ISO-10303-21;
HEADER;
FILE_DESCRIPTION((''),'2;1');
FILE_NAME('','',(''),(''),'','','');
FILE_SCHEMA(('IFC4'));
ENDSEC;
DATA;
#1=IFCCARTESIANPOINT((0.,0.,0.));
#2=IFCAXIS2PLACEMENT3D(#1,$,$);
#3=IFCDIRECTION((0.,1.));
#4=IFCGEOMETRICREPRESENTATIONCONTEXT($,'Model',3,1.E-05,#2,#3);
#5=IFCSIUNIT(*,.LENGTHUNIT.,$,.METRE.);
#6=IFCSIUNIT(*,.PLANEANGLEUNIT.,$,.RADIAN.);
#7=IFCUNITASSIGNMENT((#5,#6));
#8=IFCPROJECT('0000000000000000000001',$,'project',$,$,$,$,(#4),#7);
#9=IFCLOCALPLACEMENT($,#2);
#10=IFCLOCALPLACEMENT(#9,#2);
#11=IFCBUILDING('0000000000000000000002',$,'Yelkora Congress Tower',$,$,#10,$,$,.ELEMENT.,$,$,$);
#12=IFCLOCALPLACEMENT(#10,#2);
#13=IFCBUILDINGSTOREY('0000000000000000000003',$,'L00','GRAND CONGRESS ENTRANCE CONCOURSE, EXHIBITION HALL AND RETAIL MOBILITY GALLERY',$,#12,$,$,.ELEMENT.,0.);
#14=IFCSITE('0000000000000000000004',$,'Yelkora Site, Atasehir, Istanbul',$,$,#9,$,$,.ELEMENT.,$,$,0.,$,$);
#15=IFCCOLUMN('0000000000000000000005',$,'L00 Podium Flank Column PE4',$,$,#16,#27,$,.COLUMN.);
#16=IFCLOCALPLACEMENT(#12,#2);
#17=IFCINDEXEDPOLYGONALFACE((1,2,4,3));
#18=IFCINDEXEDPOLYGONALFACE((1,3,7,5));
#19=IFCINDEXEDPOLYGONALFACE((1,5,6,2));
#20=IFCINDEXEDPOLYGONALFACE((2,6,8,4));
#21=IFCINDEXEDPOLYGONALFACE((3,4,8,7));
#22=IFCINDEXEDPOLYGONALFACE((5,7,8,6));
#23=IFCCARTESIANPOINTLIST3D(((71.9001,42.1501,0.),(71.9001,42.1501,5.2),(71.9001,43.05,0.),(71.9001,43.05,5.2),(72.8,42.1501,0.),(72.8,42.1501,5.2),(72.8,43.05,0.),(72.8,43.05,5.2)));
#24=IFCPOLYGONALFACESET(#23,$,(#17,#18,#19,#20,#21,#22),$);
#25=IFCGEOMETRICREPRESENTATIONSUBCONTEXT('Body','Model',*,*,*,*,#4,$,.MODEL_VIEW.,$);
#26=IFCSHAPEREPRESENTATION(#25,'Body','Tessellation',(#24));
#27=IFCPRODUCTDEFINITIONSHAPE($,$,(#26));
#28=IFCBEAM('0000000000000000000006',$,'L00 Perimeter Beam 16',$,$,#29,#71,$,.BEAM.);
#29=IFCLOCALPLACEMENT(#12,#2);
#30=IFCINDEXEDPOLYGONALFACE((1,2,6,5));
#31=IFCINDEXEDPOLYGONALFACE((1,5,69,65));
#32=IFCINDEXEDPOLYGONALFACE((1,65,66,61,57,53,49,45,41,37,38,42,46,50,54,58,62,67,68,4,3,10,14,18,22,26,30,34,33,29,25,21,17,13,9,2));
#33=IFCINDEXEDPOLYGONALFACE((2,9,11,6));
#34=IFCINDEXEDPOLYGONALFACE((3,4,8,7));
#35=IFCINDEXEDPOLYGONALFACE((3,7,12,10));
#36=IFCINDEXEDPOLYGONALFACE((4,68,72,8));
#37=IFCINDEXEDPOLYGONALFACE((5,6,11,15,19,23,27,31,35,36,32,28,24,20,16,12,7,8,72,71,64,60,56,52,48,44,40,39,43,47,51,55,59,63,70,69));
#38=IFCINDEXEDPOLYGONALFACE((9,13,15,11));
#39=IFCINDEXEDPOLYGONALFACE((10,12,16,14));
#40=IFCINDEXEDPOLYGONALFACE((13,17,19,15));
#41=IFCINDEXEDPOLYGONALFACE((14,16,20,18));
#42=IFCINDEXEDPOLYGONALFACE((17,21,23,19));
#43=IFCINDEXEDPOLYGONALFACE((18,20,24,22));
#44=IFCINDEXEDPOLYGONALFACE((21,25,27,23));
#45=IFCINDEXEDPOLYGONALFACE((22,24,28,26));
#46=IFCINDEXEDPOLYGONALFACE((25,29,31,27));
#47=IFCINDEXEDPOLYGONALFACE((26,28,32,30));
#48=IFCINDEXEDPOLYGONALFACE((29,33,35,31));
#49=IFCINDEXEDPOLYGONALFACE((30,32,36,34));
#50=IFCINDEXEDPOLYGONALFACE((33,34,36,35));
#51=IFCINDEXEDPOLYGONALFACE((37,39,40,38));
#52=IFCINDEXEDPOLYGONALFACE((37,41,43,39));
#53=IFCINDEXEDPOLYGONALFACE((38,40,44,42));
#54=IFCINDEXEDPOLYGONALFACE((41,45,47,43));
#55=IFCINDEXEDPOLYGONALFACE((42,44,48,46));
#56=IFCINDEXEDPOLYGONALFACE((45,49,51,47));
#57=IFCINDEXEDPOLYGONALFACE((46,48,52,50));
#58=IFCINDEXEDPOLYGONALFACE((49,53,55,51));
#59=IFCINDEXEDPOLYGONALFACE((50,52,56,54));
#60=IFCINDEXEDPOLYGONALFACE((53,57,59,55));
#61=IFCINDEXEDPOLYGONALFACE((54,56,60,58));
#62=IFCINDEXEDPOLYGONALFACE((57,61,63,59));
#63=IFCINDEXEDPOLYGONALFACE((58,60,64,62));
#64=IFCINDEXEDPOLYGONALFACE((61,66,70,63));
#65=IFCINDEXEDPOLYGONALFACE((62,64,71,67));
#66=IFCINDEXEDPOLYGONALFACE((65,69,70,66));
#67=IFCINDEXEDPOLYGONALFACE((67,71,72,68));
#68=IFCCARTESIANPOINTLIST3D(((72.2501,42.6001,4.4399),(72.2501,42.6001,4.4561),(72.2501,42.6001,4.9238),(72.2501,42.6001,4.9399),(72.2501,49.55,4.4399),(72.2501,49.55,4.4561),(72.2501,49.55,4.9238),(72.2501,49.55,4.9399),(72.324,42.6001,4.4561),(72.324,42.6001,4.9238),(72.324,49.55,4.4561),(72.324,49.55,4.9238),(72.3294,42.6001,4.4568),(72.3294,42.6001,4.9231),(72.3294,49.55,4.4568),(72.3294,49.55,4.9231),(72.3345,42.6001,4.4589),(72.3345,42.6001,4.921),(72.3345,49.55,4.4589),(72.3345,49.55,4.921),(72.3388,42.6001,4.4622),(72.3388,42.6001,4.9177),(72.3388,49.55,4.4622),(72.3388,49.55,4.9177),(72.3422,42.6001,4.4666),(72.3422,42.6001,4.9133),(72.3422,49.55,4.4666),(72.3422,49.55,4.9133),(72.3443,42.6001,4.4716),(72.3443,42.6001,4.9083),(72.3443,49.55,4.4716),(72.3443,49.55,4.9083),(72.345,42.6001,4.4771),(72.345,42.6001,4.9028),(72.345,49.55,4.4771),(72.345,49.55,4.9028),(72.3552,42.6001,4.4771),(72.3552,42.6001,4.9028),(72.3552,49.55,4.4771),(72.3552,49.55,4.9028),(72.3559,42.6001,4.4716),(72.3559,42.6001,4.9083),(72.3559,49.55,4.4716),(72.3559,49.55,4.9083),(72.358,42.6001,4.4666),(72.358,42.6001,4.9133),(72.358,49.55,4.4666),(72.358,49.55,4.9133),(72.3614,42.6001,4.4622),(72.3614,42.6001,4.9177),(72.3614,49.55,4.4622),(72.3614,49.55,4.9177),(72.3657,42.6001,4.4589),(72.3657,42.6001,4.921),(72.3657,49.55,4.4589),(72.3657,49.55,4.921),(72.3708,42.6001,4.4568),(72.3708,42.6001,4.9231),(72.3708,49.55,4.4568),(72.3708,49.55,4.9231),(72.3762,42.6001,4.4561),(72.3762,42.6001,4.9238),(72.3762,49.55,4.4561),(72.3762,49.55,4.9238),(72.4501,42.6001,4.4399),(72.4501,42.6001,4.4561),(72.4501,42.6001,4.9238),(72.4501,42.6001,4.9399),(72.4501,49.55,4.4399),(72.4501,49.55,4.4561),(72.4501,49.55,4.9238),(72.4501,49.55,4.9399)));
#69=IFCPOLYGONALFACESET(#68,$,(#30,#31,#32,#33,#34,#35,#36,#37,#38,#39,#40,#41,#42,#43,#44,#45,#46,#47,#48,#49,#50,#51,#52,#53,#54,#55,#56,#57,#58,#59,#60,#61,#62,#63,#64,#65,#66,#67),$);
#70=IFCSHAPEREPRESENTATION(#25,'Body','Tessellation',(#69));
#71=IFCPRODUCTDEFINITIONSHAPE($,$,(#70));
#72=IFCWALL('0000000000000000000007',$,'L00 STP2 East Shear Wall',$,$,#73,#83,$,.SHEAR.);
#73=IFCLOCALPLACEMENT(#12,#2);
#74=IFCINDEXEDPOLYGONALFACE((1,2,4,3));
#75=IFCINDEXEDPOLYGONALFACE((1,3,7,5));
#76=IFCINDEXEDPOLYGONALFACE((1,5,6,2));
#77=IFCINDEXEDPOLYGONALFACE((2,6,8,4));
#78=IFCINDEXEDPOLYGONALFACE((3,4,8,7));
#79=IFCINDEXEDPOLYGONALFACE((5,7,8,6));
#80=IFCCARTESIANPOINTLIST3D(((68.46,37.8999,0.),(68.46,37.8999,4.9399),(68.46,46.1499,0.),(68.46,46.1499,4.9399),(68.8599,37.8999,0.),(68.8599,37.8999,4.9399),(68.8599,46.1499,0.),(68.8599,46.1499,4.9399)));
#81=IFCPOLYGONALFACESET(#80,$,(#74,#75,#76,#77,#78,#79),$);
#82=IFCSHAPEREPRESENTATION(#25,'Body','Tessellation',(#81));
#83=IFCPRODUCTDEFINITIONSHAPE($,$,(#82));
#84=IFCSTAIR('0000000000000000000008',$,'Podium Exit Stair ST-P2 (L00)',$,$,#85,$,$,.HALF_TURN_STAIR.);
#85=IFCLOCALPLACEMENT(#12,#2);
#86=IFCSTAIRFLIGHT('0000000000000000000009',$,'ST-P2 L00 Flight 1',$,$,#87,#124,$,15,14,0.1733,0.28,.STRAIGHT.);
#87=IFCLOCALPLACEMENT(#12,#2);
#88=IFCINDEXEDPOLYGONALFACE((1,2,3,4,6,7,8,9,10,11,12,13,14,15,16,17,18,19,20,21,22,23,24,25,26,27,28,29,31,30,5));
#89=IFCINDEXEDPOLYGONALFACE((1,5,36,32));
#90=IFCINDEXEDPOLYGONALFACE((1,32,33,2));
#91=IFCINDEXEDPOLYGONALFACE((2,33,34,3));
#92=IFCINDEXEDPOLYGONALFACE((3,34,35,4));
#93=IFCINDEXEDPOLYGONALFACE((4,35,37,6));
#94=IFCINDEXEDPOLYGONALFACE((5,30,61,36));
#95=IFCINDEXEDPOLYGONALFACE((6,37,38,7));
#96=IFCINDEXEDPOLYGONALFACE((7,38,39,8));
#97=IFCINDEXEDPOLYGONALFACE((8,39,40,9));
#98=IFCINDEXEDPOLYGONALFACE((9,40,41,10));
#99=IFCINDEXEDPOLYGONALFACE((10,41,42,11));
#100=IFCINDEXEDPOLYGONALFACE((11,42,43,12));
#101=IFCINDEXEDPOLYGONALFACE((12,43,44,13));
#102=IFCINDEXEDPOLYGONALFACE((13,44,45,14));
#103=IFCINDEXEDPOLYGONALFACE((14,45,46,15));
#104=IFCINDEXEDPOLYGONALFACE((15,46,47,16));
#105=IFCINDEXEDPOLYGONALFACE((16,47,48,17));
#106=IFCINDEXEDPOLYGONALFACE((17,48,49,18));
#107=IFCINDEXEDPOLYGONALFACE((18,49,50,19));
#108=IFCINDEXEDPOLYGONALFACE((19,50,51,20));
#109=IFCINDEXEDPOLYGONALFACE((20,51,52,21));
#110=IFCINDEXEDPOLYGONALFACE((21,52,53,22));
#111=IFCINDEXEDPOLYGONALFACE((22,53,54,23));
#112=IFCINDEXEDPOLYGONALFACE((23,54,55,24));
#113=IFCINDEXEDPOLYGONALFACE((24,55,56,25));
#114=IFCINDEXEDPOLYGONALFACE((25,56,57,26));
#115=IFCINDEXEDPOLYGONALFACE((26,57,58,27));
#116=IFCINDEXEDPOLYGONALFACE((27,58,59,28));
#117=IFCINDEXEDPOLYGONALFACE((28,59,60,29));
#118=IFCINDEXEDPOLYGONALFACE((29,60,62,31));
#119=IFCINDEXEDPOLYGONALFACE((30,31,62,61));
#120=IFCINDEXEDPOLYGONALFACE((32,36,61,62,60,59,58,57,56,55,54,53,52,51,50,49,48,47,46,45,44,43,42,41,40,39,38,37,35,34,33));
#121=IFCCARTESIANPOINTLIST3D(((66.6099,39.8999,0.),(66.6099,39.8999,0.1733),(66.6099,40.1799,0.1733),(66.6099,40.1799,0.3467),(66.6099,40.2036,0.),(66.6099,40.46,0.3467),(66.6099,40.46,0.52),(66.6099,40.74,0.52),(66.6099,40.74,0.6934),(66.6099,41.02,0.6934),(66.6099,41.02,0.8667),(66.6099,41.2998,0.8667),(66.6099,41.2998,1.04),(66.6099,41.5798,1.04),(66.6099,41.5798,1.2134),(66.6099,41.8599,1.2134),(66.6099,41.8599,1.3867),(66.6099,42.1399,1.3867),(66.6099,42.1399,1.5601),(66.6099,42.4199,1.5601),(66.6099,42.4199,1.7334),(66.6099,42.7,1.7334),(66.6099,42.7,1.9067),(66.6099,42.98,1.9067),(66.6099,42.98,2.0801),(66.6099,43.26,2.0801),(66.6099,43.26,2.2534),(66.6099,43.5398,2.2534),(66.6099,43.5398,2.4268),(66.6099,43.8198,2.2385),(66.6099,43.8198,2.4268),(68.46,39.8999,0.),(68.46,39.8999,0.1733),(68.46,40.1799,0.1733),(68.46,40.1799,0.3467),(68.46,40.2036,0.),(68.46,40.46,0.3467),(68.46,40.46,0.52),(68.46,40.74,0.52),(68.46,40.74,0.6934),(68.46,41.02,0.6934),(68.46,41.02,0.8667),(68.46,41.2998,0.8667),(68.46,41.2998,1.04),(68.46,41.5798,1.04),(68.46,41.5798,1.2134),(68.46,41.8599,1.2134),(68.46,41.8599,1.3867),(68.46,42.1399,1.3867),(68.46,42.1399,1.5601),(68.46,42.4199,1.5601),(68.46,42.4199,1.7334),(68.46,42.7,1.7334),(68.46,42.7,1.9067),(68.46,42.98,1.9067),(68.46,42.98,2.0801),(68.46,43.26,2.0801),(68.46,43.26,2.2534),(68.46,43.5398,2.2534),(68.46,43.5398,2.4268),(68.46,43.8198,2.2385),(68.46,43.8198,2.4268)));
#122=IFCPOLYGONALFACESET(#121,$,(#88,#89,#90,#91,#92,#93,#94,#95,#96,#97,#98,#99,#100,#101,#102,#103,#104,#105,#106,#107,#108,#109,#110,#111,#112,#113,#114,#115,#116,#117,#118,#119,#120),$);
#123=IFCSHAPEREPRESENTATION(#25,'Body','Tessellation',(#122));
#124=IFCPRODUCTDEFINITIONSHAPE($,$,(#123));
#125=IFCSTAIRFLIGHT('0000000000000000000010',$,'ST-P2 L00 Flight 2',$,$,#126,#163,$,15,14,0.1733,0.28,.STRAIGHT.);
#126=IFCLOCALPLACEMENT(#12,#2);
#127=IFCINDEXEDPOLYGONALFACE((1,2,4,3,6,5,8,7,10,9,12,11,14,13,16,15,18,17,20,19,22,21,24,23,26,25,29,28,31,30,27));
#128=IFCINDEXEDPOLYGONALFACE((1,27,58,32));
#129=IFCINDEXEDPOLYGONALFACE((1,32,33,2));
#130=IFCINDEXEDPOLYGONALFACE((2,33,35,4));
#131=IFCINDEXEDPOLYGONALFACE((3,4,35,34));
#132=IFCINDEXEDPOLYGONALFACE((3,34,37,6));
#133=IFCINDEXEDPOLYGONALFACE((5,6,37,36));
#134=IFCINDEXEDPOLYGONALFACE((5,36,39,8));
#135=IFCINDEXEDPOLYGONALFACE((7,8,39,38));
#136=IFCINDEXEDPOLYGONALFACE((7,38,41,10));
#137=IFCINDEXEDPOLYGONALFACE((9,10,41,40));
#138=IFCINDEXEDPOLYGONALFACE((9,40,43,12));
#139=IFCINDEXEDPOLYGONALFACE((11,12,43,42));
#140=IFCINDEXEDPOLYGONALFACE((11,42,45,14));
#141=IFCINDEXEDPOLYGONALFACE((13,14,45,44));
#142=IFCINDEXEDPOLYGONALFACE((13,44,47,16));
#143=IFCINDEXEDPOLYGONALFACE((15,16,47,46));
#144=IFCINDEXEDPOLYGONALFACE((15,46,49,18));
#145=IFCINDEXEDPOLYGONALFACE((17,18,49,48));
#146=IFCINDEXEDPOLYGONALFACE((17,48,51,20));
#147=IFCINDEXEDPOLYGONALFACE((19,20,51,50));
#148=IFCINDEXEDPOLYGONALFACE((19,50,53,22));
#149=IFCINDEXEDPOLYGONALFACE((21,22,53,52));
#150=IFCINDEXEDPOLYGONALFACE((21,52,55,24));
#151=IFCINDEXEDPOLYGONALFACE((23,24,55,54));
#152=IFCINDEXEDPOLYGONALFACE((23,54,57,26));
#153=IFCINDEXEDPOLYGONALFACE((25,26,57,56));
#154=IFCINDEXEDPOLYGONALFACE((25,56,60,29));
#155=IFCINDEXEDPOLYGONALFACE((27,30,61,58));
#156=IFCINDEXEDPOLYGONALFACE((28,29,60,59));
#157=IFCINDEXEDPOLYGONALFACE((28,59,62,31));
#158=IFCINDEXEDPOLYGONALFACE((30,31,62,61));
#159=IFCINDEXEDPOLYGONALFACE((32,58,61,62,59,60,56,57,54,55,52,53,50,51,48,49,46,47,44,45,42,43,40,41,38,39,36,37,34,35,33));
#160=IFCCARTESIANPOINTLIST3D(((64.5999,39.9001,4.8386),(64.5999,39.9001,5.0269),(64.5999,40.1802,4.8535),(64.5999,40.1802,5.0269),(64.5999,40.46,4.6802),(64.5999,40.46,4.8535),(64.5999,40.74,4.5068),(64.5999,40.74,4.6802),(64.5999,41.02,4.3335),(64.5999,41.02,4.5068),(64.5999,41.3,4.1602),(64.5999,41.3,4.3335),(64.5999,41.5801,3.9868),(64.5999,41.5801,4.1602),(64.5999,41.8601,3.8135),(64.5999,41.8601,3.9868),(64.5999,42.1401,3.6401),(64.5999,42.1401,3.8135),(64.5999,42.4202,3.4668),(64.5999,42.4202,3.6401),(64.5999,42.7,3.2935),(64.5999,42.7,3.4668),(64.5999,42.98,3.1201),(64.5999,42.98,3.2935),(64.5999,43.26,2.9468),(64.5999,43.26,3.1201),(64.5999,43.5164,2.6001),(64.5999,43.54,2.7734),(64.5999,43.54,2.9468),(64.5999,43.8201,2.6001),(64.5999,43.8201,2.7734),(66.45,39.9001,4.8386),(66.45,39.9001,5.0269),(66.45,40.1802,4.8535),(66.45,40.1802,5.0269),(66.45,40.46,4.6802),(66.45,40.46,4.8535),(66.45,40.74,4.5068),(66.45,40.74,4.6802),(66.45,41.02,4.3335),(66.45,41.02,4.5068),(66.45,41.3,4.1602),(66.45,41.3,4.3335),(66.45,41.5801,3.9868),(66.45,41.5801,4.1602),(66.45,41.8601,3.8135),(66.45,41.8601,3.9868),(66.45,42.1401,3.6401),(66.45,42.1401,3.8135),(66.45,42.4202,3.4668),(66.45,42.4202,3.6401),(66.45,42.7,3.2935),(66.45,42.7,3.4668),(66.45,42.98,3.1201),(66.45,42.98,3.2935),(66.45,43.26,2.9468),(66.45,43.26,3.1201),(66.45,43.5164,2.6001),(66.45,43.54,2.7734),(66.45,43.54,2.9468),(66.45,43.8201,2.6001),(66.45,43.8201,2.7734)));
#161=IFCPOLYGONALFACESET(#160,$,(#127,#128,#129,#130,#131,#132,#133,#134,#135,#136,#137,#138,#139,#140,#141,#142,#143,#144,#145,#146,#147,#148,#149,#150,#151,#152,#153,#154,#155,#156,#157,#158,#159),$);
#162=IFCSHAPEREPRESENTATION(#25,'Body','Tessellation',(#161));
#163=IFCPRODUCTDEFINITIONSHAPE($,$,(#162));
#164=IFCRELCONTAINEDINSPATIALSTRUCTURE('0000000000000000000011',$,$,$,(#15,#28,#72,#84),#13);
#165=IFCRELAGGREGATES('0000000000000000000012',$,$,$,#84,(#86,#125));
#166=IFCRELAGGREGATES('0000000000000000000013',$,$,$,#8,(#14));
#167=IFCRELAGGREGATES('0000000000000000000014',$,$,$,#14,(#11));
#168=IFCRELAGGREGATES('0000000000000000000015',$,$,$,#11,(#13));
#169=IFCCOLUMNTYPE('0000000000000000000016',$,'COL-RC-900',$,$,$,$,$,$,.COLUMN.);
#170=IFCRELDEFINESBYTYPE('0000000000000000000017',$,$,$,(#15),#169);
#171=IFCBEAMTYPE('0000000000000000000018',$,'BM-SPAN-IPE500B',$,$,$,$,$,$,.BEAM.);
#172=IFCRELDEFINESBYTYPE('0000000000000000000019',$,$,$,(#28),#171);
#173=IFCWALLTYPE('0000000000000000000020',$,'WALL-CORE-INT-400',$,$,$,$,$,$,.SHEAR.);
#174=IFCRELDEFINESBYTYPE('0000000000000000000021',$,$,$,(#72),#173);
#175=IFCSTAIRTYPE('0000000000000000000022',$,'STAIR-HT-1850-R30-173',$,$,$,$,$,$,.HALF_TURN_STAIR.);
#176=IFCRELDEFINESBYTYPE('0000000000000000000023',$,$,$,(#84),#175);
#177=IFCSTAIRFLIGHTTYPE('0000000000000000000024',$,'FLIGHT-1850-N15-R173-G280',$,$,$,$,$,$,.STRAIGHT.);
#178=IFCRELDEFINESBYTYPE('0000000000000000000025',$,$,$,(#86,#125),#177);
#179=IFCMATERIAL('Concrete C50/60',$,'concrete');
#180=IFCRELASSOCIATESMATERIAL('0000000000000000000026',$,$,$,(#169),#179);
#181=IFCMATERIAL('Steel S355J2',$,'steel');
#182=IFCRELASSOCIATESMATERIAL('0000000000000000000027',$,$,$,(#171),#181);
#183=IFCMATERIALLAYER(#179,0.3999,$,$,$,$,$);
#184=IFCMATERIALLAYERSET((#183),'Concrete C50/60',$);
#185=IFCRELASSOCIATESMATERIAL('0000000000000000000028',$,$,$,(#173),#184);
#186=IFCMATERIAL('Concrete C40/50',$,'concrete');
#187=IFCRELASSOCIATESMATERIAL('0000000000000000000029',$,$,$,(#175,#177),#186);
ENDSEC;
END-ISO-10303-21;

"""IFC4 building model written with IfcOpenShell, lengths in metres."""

from ifc_helpers import new_model, si_unit, direction, frame, frame_2d, origin, origin_2d, place, context, subcontext, project, spatial, polyline, rectangle, i_section, outline, extrude, material, layer, layer_set, material_profile, profile_set, type_object, element, aggregate, save


model = new_model("IFC4")

# Units and contexts
model_context = context("Model", 3, precision=1e-05, world=origin(), true_north=direction((0.0, 1.0)))
body_context = subcontext(model_context, "Body", "Model", "MODEL_VIEW")
ifc_project = project(units=[si_unit("LENGTHUNIT", "METRE"), si_unit("PLANEANGLEUNIT", "RADIAN")], contexts=[model_context])

# Site, building, storey
site_placement = place(None, origin())
site = spatial("IfcSite", under=ifc_project, at=site_placement, Name="Yelkora Site, Atasehir, Istanbul", CompositionType="ELEMENT", RefElevation=0.0)
building_placement = place(site_placement, origin())
building = spatial("IfcBuilding", under=site, at=building_placement, Name="Yelkora Congress Tower", CompositionType="ELEMENT")
storey_placement = place(building_placement, origin())
storey = spatial("IfcBuildingStorey", under=building, at=storey_placement, Name="L00", Description="GRAND CONGRESS ENTRANCE CONCOURSE, EXHIBITION HALL AND RETAIL MOBILITY GALLERY", CompositionType="ELEMENT", Elevation=0.0)

# Column
ifc_material_1 = material(Name="Concrete C50/60", Category="concrete")
ifc_material_profile_1 = material_profile(ifc_material_1, rectangle(XDim=0.8999, YDim=0.8999, at=origin_2d()), Name="RC 900x900")
ifc_profile_set_1 = profile_set([ifc_material_profile_1], Name="Concrete C50/60")
column_type = type_object("IfcColumnType", Name="COL-RC-900", PredefinedType="COLUMN", material=ifc_profile_set_1)
column_placement = place(storey_placement, frame((72.3501, 42.6001, 0.0), z_axis=(0.0, 0.0, 1.0), x_axis=(1.0, 0.0, 0.0)))
element("IfcColumn", 1, at=column_placement, inside=storey, type_object=column_type, Name="L00 Podium Flank Column PE4", PredefinedType="COLUMN", context=body_context, shape_type="SweptSolid", body=[
    extrude(rectangle(XDim=0.8999, YDim=0.8999, at=origin_2d()), origin(), (0.0, 0.0, 1.0), 5.2),
])

# Beam
ifc_material_2 = material(Name="Steel S355J2", Category="steel")
ifc_material_profile_2 = material_profile(ifc_material_2, i_section(OverallWidth=0.2, OverallDepth=0.5, WebThickness=0.0103, FlangeThickness=0.0161, FilletRadius=0.021, at=origin_2d()), Name="IPE 500")
ifc_profile_set_2 = profile_set([ifc_material_profile_2], Name="Steel S355J2")
beam_type = type_object("IfcBeamType", Name="BM-SPAN-IPE500B", PredefinedType="BEAM", material=ifc_profile_set_2)
beam_placement = place(storey_placement, frame((72.3501, 42.6001, 4.6899), z_axis=(0.0, 1.0, 0.0), x_axis=(-1.0, 0.0, 0.0)))
element("IfcBeam", 2, at=beam_placement, inside=storey, type_object=beam_type, Name="L00 Perimeter Beam 16", PredefinedType="BEAM", context=body_context, shape_type="SweptSolid", body=[
    extrude(i_section(OverallWidth=0.2, OverallDepth=0.5, WebThickness=0.0103, FlangeThickness=0.0161, FilletRadius=0.021, at=origin_2d()), origin(), (0.0, 0.0, 1.0), 6.95),
])

# Wall
ifc_layer_1 = layer(ifc_material_1, 0.3999)
ifc_layer_set_1 = layer_set([ifc_layer_1], Name="Concrete C50/60")
wall_type = type_object("IfcWallType", Name="WALL-CORE-INT-400", PredefinedType="SHEAR", material=ifc_layer_set_1)
wall_placement = place(storey_placement, frame((68.6599, 37.8999, 0.0), z_axis=(0.0, 0.0, 1.0), x_axis=(0.0, 1.0, 0.0)))
element("IfcWall", 3, at=wall_placement, inside=storey, type_object=wall_type, Name="L00 STP2 East Shear Wall", PredefinedType="SHEAR", context=body_context, shape_type="SweptSolid", body=[
    extrude(rectangle(XDim=8.25, YDim=0.3999, at=frame_2d((4.125, 0.0))), origin(), (0.0, 0.0, 1.0), 4.9399),
])

# Stair, stair flights
ifc_material_3 = material(Name="Concrete C40/50", Category="concrete")
stair_type = type_object("IfcStairType", Name="STAIR-HT-1850-R30-173", PredefinedType="HALF_TURN_STAIR", material=ifc_material_3)
stair_placement = place(storey_placement, origin())
stair = element("IfcStair", 4, at=stair_placement, inside=storey, type_object=stair_type, Name="Podium Exit Stair ST-P2 (L00)", PredefinedType="HALF_TURN_STAIR")
stair_flight_type = type_object("IfcStairFlightType", Name="FLIGHT-1850-N15-R173-G280", PredefinedType="STRAIGHT", material=ifc_material_3)
stair_flight_1_placement = place(storey_placement, frame((67.5349, 39.8999, 0.0), z_axis=(0.0, 0.0, 1.0), x_axis=(0.0, 1.0, 0.0)))
stair_flight_1 = element("IfcStairFlight", 5, at=stair_flight_1_placement, type_object=stair_flight_type, Name="ST-P2 L00 Flight 1", NumberOfRisers=15, NumberOfTreads=14, PredefinedType="STRAIGHT", RiserHeight=0.1733, TreadLength=0.28, context=body_context, shape_type="SweptSolid", body=[
    extrude(outline(polyline([(0.0, 0.0), (0.0, 0.1733), (0.28, 0.1733), (0.28, 0.3467), (0.5601, 0.3467), (0.5601, 0.52), (0.8401, 0.52), (0.8401, 0.6934), (1.1201, 0.6934), (1.1201, 0.8667), (1.3999, 0.8667), (1.3999, 1.04), (1.6799, 1.04), (1.6799, 1.2134), (1.96, 1.2134), (1.96, 1.3867), (2.24, 1.3867), (2.24, 1.5601), (2.52, 1.5601), (2.52, 1.7334), (2.8, 1.7334), (2.8, 1.9067), (3.0801, 1.9067), (3.0801, 2.0801), (3.3601, 2.0801), (3.3601, 2.2534), (3.6399, 2.2534), (3.6399, 2.4268), (3.9199, 2.4268), (3.9199, 2.6001), (3.9199, 2.2385), (0.3037, 0.0), (0.0, 0.0)])), frame((0.0, 0.925, 0.0), z_axis=(0.0, -1.0, 0.0), x_axis=(1.0, 0.0, 0.0)), (0.0, 0.0, 1.0), 1.8501),
])
stair_flight_2_placement = place(storey_placement, frame((65.5249, 43.8201, 2.6001), z_axis=(0.0, 0.0, 1.0), x_axis=(0.0, -1.0, 0.0)))
stair_flight_2 = element("IfcStairFlight", 6, at=stair_flight_2_placement, type_object=stair_flight_type, Name="ST-P2 L00 Flight 2", NumberOfRisers=15, NumberOfTreads=14, PredefinedType="STRAIGHT", RiserHeight=0.1733, TreadLength=0.28, context=body_context, shape_type="SweptSolid", body=[
    extrude(outline(polyline([(0.0, 0.0), (0.0, 0.1733), (0.28, 0.1733), (0.28, 0.3467), (0.5601, 0.3467), (0.5601, 0.52), (0.8401, 0.52), (0.8401, 0.6934), (1.1201, 0.6934), (1.1201, 0.8667), (1.3999, 0.8667), (1.3999, 1.04), (1.6799, 1.04), (1.6799, 1.2134), (1.96, 1.2134), (1.96, 1.3867), (2.24, 1.3867), (2.24, 1.5601), (2.52, 1.5601), (2.52, 1.7334), (2.8, 1.7334), (2.8, 1.9067), (3.0801, 1.9067), (3.0801, 2.0801), (3.3601, 2.0801), (3.3601, 2.2534), (3.6399, 2.2534), (3.6399, 2.4268), (3.9199, 2.4268), (3.9199, 2.6001), (3.9199, 2.2385), (0.3037, 0.0), (0.0, 0.0)])), frame((0.0, 0.925, 0.0), z_axis=(0.0, -1.0, 0.0), x_axis=(1.0, 0.0, 0.0)), (0.0, 0.0, 1.0), 1.8501),
])
aggregate(stair, [stair_flight_1, stair_flight_2])

save(model, "model.ifc")
